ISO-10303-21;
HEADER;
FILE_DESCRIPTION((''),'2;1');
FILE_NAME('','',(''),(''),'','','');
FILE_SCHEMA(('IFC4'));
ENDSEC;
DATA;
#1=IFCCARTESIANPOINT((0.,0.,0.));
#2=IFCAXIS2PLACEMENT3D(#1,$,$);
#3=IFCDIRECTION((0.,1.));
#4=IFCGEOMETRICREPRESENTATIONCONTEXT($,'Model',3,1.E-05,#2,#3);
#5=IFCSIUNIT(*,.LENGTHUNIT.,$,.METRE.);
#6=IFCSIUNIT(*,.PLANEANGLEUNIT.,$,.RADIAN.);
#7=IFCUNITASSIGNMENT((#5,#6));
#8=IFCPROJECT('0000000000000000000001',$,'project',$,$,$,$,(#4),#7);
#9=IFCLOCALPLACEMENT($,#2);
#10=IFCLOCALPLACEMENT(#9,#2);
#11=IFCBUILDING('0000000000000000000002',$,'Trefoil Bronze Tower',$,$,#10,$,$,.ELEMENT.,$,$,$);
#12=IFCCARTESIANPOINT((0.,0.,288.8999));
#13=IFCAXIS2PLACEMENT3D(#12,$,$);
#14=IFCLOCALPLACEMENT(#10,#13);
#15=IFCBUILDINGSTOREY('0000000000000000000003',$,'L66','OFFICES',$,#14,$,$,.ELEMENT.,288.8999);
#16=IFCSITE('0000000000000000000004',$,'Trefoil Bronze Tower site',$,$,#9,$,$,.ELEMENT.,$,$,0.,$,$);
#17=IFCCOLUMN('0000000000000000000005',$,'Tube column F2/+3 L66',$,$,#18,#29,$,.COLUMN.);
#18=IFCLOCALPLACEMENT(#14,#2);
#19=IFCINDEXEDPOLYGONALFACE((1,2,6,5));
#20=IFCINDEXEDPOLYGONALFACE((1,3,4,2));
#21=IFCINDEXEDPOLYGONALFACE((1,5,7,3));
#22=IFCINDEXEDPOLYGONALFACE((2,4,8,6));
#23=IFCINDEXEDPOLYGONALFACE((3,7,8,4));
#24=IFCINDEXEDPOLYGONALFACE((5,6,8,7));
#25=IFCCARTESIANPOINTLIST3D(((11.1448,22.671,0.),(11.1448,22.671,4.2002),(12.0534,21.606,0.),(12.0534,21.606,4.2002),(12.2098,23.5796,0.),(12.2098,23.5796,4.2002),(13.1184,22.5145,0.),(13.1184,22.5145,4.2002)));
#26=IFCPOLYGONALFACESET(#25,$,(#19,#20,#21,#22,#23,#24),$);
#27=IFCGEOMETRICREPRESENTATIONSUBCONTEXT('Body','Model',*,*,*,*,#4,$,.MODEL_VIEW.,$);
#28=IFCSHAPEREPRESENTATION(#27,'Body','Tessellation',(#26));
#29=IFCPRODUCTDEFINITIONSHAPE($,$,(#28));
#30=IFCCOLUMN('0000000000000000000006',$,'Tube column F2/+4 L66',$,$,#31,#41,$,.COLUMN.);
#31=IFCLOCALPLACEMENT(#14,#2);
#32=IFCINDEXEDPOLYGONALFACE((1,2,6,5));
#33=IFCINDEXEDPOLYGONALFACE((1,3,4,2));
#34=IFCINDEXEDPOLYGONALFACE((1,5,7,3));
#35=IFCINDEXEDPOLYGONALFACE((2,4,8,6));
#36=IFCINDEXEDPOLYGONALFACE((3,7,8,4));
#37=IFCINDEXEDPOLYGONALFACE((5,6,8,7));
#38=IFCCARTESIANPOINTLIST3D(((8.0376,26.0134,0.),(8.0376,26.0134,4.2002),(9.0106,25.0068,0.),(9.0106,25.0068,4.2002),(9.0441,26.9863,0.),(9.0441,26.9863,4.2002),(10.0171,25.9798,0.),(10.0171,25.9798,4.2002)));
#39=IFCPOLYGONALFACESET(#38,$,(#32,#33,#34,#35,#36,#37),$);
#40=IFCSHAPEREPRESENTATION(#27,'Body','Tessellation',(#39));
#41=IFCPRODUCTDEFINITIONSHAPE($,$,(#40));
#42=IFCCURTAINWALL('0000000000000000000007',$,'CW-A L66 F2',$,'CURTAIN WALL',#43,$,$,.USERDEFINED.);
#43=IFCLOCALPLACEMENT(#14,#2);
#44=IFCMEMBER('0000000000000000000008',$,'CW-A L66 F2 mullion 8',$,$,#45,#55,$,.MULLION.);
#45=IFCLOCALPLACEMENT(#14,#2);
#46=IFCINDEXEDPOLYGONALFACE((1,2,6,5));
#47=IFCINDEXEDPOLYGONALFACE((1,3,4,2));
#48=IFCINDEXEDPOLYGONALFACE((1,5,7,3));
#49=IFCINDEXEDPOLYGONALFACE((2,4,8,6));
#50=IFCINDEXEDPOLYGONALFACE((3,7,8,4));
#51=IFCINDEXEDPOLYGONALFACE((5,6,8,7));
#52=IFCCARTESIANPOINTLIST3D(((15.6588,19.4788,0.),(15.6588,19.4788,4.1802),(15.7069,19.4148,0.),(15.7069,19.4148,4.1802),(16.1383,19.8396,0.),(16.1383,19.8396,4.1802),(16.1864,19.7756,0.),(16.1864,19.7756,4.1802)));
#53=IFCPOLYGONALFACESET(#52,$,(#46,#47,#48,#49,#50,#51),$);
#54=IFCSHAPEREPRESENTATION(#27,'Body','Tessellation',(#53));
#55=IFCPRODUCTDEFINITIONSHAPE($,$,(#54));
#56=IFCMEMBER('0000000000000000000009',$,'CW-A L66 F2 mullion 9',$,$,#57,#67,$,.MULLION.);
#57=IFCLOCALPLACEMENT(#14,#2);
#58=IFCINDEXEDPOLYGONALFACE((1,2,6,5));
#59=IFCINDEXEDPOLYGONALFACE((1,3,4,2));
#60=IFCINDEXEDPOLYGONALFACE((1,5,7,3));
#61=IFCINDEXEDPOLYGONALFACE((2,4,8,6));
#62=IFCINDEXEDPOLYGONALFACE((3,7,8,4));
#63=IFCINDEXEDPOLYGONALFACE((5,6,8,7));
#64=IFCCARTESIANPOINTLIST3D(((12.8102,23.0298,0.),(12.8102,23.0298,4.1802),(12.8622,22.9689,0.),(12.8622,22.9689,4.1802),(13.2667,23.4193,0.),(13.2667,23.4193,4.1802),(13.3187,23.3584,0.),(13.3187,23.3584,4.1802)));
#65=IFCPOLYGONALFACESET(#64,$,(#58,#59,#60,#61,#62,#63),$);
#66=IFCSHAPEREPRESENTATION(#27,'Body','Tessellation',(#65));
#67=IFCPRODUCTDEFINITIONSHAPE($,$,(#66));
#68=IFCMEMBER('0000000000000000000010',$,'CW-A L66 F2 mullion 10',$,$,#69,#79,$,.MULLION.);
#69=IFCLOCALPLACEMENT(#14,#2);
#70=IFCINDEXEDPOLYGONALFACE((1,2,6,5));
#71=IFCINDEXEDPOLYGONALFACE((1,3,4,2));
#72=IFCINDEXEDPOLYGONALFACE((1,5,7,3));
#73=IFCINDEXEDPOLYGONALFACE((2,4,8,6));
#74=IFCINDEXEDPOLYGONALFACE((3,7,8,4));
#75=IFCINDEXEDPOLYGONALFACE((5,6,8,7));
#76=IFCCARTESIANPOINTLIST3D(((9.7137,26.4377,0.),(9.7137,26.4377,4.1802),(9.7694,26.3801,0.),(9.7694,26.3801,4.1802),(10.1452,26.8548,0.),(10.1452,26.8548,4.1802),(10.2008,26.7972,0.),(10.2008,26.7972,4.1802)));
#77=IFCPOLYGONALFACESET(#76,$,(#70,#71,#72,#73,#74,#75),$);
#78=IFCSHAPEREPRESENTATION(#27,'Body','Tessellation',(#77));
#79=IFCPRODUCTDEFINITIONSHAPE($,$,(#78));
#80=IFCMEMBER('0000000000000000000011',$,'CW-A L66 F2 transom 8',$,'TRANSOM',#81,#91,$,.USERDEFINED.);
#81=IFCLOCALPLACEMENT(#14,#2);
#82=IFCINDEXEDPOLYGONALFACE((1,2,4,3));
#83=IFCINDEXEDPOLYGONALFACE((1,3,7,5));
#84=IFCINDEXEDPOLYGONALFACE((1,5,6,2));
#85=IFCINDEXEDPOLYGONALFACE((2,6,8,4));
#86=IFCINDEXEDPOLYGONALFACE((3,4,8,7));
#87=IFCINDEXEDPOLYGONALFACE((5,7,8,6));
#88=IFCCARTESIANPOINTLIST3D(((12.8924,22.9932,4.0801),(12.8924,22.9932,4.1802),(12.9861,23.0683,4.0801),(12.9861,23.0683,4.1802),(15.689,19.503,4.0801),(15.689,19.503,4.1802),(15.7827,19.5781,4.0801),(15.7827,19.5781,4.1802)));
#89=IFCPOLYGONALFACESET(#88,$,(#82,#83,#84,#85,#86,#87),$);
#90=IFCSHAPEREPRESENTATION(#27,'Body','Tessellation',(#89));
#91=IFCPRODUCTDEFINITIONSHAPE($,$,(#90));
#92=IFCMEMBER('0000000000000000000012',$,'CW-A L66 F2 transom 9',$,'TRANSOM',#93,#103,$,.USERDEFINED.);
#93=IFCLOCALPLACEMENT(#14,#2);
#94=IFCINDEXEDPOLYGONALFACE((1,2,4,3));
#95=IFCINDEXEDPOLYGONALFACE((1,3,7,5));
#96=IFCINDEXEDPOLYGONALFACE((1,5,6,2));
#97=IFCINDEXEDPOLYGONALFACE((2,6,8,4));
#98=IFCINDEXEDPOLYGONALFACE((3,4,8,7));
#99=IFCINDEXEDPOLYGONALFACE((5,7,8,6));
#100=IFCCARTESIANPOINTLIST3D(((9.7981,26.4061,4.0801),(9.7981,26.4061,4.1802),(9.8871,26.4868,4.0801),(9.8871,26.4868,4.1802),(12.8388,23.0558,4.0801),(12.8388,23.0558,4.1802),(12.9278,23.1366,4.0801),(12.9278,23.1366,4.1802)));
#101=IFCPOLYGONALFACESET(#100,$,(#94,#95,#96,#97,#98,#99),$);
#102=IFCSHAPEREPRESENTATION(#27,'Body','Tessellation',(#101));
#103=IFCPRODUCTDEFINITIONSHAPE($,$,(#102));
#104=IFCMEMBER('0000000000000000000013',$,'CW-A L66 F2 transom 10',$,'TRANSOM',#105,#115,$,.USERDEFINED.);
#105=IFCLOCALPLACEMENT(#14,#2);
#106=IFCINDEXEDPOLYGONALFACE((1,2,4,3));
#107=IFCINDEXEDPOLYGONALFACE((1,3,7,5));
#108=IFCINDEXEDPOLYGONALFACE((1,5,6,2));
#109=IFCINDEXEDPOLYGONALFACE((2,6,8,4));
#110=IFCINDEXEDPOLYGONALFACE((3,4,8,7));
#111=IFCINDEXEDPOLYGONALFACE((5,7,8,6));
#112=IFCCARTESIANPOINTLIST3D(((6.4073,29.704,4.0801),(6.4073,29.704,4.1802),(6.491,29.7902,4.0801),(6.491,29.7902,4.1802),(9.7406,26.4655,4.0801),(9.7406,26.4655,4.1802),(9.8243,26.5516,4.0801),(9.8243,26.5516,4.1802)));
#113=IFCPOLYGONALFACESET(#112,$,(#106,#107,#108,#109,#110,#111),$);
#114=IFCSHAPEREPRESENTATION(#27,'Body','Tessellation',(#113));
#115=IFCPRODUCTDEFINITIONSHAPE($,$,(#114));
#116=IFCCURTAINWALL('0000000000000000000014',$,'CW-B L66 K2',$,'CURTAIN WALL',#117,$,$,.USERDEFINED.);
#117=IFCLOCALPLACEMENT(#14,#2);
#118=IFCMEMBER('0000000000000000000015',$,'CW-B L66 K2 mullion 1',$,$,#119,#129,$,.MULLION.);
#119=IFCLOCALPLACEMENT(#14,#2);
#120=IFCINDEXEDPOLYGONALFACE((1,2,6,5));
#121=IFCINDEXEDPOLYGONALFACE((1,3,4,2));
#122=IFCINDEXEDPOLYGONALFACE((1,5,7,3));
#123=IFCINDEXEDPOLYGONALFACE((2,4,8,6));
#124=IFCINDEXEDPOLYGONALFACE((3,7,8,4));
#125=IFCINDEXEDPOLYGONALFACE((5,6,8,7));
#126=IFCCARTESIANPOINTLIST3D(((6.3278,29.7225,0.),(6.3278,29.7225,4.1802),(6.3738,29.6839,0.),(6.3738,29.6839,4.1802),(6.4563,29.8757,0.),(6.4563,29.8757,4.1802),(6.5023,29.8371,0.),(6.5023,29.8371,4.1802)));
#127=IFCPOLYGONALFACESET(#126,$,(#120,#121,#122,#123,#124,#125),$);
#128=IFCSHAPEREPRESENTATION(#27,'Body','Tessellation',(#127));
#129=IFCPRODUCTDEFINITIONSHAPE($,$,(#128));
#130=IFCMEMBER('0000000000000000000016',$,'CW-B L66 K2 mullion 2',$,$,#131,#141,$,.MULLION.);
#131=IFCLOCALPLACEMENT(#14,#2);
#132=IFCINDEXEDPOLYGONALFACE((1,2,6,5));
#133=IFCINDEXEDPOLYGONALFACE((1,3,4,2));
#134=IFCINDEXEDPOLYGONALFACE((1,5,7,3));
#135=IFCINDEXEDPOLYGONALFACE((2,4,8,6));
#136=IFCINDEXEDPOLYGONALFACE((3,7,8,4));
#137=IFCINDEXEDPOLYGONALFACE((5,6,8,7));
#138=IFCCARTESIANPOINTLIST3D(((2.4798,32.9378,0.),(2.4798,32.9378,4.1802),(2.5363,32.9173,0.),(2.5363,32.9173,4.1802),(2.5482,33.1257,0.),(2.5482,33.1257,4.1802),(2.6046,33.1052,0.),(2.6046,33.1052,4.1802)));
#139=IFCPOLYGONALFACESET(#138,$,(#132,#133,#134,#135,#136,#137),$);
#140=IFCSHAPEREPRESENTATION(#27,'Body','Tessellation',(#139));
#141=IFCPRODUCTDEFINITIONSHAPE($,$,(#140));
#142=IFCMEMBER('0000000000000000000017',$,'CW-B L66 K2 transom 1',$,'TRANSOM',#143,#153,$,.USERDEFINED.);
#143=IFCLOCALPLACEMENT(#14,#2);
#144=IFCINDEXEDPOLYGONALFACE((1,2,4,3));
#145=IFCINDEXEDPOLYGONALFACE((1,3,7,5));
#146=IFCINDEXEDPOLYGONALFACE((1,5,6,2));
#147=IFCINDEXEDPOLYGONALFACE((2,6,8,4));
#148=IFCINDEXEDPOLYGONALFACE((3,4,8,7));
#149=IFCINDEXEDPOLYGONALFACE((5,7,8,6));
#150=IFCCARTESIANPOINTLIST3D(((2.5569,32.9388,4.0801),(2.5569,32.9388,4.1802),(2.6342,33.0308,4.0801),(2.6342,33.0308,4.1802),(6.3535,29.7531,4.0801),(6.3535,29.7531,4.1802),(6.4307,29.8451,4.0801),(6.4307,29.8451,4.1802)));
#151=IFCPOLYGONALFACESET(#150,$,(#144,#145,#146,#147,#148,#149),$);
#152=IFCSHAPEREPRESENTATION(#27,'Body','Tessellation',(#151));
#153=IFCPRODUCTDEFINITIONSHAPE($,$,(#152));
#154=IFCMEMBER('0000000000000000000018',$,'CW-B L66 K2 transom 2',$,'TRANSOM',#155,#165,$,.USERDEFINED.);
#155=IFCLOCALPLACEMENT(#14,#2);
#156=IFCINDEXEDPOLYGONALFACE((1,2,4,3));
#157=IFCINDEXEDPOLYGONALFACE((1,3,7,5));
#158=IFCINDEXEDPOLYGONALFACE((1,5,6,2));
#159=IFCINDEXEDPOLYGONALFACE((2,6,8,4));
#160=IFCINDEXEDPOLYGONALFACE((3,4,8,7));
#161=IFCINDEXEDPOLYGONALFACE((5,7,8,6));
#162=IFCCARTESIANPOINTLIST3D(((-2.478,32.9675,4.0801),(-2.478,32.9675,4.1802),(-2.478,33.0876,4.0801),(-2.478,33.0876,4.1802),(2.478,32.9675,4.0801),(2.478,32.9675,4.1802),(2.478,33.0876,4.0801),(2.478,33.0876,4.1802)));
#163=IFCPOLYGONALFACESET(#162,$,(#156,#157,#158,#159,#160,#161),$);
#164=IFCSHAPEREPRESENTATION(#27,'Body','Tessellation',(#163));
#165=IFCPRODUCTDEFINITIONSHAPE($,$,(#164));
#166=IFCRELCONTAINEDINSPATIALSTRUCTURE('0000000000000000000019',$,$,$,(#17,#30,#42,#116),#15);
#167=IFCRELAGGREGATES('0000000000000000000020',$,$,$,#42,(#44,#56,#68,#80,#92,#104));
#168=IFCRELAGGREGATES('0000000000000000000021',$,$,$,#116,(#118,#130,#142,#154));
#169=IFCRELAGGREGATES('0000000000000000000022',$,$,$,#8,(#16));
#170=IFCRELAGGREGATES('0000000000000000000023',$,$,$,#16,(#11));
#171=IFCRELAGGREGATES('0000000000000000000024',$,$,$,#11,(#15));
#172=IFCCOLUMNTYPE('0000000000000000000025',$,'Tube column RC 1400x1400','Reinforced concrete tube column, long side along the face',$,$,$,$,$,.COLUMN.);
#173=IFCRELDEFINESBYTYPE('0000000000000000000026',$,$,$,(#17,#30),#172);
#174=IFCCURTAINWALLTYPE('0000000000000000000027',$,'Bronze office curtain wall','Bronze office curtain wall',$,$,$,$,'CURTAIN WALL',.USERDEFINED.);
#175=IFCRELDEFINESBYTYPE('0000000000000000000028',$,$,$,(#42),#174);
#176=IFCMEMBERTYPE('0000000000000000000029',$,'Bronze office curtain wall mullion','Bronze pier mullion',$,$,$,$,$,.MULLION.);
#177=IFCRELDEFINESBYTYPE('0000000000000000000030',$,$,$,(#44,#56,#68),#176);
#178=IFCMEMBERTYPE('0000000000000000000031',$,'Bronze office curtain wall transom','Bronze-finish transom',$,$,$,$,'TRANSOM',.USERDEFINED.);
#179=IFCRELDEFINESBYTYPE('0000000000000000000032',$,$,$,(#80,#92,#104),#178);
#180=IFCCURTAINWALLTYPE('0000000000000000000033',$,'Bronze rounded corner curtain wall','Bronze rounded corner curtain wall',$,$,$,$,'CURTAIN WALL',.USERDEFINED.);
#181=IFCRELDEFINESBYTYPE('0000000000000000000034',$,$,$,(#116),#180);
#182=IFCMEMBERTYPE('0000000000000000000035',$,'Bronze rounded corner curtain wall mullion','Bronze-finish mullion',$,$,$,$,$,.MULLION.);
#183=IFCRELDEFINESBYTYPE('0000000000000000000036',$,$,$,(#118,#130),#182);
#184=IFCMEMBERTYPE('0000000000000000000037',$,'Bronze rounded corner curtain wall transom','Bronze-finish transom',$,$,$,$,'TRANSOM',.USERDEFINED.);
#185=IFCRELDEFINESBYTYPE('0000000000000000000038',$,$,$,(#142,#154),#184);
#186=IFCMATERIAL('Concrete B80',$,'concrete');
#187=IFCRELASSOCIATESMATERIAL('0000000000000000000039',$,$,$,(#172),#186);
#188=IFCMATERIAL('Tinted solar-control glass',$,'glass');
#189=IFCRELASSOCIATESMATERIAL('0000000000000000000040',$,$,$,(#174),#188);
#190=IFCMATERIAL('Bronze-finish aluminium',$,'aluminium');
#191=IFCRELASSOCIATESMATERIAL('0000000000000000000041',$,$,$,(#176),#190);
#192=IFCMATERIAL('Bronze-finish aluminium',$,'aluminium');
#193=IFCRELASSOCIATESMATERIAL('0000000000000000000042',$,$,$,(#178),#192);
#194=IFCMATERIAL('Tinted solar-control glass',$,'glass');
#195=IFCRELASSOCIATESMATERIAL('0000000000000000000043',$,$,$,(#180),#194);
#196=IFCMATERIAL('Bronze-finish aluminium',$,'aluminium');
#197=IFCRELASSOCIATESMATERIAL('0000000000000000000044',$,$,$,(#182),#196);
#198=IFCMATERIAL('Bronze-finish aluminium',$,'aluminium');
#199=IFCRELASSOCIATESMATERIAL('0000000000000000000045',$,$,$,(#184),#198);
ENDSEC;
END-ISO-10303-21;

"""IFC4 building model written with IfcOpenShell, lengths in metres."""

from ifc_helpers import new_model, si_unit, direction, frame, origin, origin_2d, place, context, subcontext, project, spatial, rectangle, extrude, material, material_profile, profile_set, type_object, element, aggregate, save


model = new_model("IFC4")

# Units and contexts
model_context = context("Model", 3, precision=1e-05, world=origin(), true_north=direction((0.0, 1.0)))
body_context = subcontext(model_context, "Body", "Model", "MODEL_VIEW")
ifc_project = project(units=[si_unit("LENGTHUNIT", "METRE"), si_unit("PLANEANGLEUNIT", "RADIAN")], contexts=[model_context])

# Site, building, storey
site_placement = place(None, origin())
site = spatial("IfcSite", under=ifc_project, at=site_placement, Name="Trefoil Bronze Tower site", CompositionType="ELEMENT", RefElevation=0.0)
building_placement = place(site_placement, origin())
building = spatial("IfcBuilding", under=site, at=building_placement, Name="Trefoil Bronze Tower", CompositionType="ELEMENT")
storey_placement = place(building_placement, frame((0.0, 0.0, 288.8999)))
storey = spatial("IfcBuildingStorey", under=building, at=storey_placement, Name="L66", Description="OFFICES", CompositionType="ELEMENT", Elevation=288.8999)

# Columns
ifc_material_1 = material(Name="Concrete B80", Category="concrete")
ifc_material_profile_1 = material_profile(ifc_material_1, rectangle(XDim=1.3999, YDim=1.3999, at=origin_2d()), Name="RC 1400x1400")
ifc_profile_set_1 = profile_set([ifc_material_profile_1], Name="Concrete B80")
column_type = type_object("IfcColumnType", Name="Tube column RC 1400x1400", Description="Reinforced concrete tube column, long side along the face", PredefinedType="COLUMN", material=ifc_profile_set_1)
for number, where, z_axis, x_axis, name in (
    (1, (12.1316, 22.5928, 0.0), (0.0, 0.0, 1.0), (-0.649008, 0.760781, 0.0), "Tube column F2/+3 L66"),
    (2, (9.0273, 25.9966, 0.0), (0.0, 0.0, 1.0), (-0.695009, 0.719001, 0.0), "Tube column F2/+4 L66"),
):
    element("IfcColumn", number, at=place(storey_placement, frame(where, z_axis=z_axis, x_axis=x_axis)), inside=storey, type_object=column_type, Name=name, PredefinedType="COLUMN", context=body_context, shape_type="SweptSolid", body=[
        extrude(rectangle(XDim=1.3999, YDim=1.3999, at=origin_2d()), origin(), (0.0, 0.0, 1.0), 4.2002),
    ])

# Curtain walls, members
ifc_material_2 = material(Name="Tinted solar-control glass", Category="glass")
curtain_wall_type_1 = type_object("IfcCurtainWallType", Name="Bronze office curtain wall", Description="Bronze office curtain wall", ElementType="CURTAIN WALL", PredefinedType="USERDEFINED", material=ifc_material_2)
curtain_wall_1_placement = place(storey_placement, origin())
curtain_wall_1 = element("IfcCurtainWall", 3, at=curtain_wall_1_placement, inside=storey, type_object=curtain_wall_type_1, Name="CW-A L66 F2", ObjectType="CURTAIN WALL", PredefinedType="USERDEFINED")
ifc_material_3 = material(Name="Bronze-finish aluminium", Category="aluminium")
ifc_material_profile_2 = material_profile(ifc_material_3, rectangle(XDim=0.6001, YDim=0.0801, at=origin_2d()), Name="CW-A mullion")
ifc_profile_set_2 = profile_set([ifc_material_profile_2], Name="Bronze-finish aluminium")
member_type_1 = type_object("IfcMemberType", Name="Bronze office curtain wall mullion", Description="Bronze pier mullion", PredefinedType="MULLION", material=ifc_profile_set_2)
member_1_placement = place(storey_placement, frame((15.9226, 19.6272, 0.0), z_axis=(0.0, 0.0, 1.0), x_axis=(-0.799096, -0.601203, 0.0)))
member_1 = element("IfcMember", 4, at=member_1_placement, type_object=member_type_1, Name="CW-A L66 F2 mullion 8", PredefinedType="MULLION", context=body_context, shape_type="SweptSolid", body=[
    extrude(rectangle(XDim=0.6001, YDim=0.0801, at=origin_2d()), origin(), (0.0, 0.0, 1.0), 4.1802),
])
member_2_placement = place(storey_placement, frame((13.0645, 23.1941, 0.0), z_axis=(0.0, 0.0, 1.0), x_axis=(-0.760781, -0.649008, 0.0)))
member_2 = element("IfcMember", 5, at=member_2_placement, type_object=member_type_1, Name="CW-A L66 F2 mullion 9", PredefinedType="MULLION", context=body_context, shape_type="SweptSolid", body=[
    extrude(rectangle(XDim=0.6001, YDim=0.0801, at=origin_2d()), origin(), (0.0, 0.0, 1.0), 4.1802),
])
member_3_placement = place(storey_placement, frame((9.9573, 26.6174, 0.0), z_axis=(0.0, 0.0, 1.0), x_axis=(-0.719001, -0.695009, 0.0)))
member_3 = element("IfcMember", 6, at=member_3_placement, type_object=member_type_1, Name="CW-A L66 F2 mullion 10", PredefinedType="MULLION", context=body_context, shape_type="SweptSolid", body=[
    extrude(rectangle(XDim=0.6001, YDim=0.0801, at=origin_2d()), origin(), (0.0, 0.0, 1.0), 4.1802),
])
ifc_material_4 = material(Name="Bronze-finish aluminium", Category="aluminium")
ifc_material_profile_3 = material_profile(ifc_material_4, rectangle(XDim=0.1201, YDim=0.1001, at=origin_2d()), Name="CW-A transom")
ifc_profile_set_3 = profile_set([ifc_material_profile_3], Name="Bronze-finish aluminium")
member_type_2 = type_object("IfcMemberType", Name="Bronze office curtain wall transom", Description="Bronze-finish transom", ElementType="TRANSOM", PredefinedType="USERDEFINED", material=ifc_profile_set_3)
member_4_placement = place(storey_placement, frame((15.7358, 19.5405, 4.1301), z_axis=(-0.625301, 0.780384, 0.0), x_axis=(-0.780384, -0.625301, 0.0)))
member_4 = element("IfcMember", 7, at=member_4_placement, type_object=member_type_2, Name="CW-A L66 F2 transom 8", ObjectType="TRANSOM", PredefinedType="USERDEFINED", context=body_context, shape_type="SweptSolid", body=[
    extrude(rectangle(XDim=0.1201, YDim=0.1001, at=origin_2d()), origin(), (0.0, 0.0, 1.0), 4.4724),
])
member_5_placement = place(storey_placement, frame((12.8833, 23.0962, 4.1301), z_axis=(-0.672068, 0.740489, 0.0), x_axis=(-0.740489, -0.672068, 0.0)))
member_5 = element("IfcMember", 8, at=member_5_placement, type_object=member_type_2, Name="CW-A L66 F2 transom 9", ObjectType="TRANSOM", PredefinedType="USERDEFINED", context=body_context, shape_type="SweptSolid", body=[
    extrude(rectangle(XDim=0.1201, YDim=0.1001, at=origin_2d()), origin(), (0.0, 0.0, 1.0), 4.5244),
])
member_6_placement = place(storey_placement, frame((9.7825, 26.5085, 4.1301), z_axis=(-0.717225, 0.696842, 0.0), x_axis=(-0.696842, -0.717225, 0.0)))
member_6 = element("IfcMember", 9, at=member_6_placement, type_object=member_type_2, Name="CW-A L66 F2 transom 10", ObjectType="TRANSOM", PredefinedType="USERDEFINED", context=body_context, shape_type="SweptSolid", body=[
    extrude(rectangle(XDim=0.1201, YDim=0.1001, at=origin_2d()), origin(), (0.0, 0.0, 1.0), 4.6475),
])
ifc_material_5 = material(Name="Tinted solar-control glass", Category="glass")
curtain_wall_type_2 = type_object("IfcCurtainWallType", Name="Bronze rounded corner curtain wall", Description="Bronze rounded corner curtain wall", ElementType="CURTAIN WALL", PredefinedType="USERDEFINED", material=ifc_material_5)
curtain_wall_2_placement = place(storey_placement, origin())
curtain_wall_2 = element("IfcCurtainWall", 10, at=curtain_wall_2_placement, inside=storey, type_object=curtain_wall_type_2, Name="CW-B L66 K2", ObjectType="CURTAIN WALL", PredefinedType="USERDEFINED")
ifc_material_6 = material(Name="Bronze-finish aluminium", Category="aluminium")
ifc_material_profile_4 = material_profile(ifc_material_6, rectangle(XDim=0.2, YDim=0.0601, at=origin_2d()), Name="CW-B mullion")
ifc_profile_set_4 = profile_set([ifc_material_profile_4], Name="Bronze-finish aluminium")
member_type_3 = type_object("IfcMemberType", Name="Bronze rounded corner curtain wall mullion", Description="Bronze-finish mullion", PredefinedType="MULLION", material=ifc_profile_set_4)
member_7_placement = place(storey_placement, frame((6.415, 29.7798, 0.0), z_axis=(0.0, 0.0, 1.0), x_axis=(-0.642788, -0.766044, 0.0)))
member_7 = element("IfcMember", 11, at=member_7_placement, type_object=member_type_3, Name="CW-B L66 K2 mullion 1", PredefinedType="MULLION", context=body_context, shape_type="SweptSolid", body=[
    extrude(rectangle(XDim=0.2, YDim=0.0601, at=origin_2d()), origin(), (0.0, 0.0, 1.0), 4.1802),
])
member_8_placement = place(storey_placement, frame((2.5422, 33.0215, 0.0), z_axis=(0.0, 0.0, 1.0), x_axis=(-0.34202, -0.939693, 0.0)))
member_8 = element("IfcMember", 12, at=member_8_placement, type_object=member_type_3, Name="CW-B L66 K2 mullion 2", PredefinedType="MULLION", context=body_context, shape_type="SweptSolid", body=[
    extrude(rectangle(XDim=0.2, YDim=0.0601, at=origin_2d()), origin(), (0.0, 0.0, 1.0), 4.1802),
])
ifc_material_7 = material(Name="Bronze-finish aluminium", Category="aluminium")
ifc_material_profile_5 = material_profile(ifc_material_7, rectangle(XDim=0.1201, YDim=0.1001, at=origin_2d()), Name="CW-B transom")
ifc_profile_set_5 = profile_set([ifc_material_profile_5], Name="Bronze-finish aluminium")
member_type_4 = type_object("IfcMemberType", Name="Bronze rounded corner curtain wall transom", Description="Bronze-finish transom", ElementType="TRANSOM", PredefinedType="USERDEFINED", material=ifc_profile_set_5)
member_9_placement = place(storey_placement, frame((6.3921, 29.7991, 4.1301), z_axis=(-0.766041, 0.642792, 0.0), x_axis=(-0.642792, -0.766041, 0.0)))
member_9 = element("IfcMember", 13, at=member_9_placement, type_object=member_type_4, Name="CW-B L66 K2 transom 1", ObjectType="TRANSOM", PredefinedType="USERDEFINED", context=body_context, shape_type="SweptSolid", body=[
    extrude(rectangle(XDim=0.1201, YDim=0.1001, at=origin_2d()), origin(), (0.0, 0.0, 1.0), 4.9561),
])
member_10_placement = place(storey_placement, frame((2.478, 33.0276, 4.1301), z_axis=(-1.0, 0.0, 0.0), x_axis=(0.0, -1.0, 0.0)))
member_10 = element("IfcMember", 14, at=member_10_placement, type_object=member_type_4, Name="CW-B L66 K2 transom 2", ObjectType="TRANSOM", PredefinedType="USERDEFINED", context=body_context, shape_type="SweptSolid", body=[
    extrude(rectangle(XDim=0.1201, YDim=0.1001, at=origin_2d()), origin(), (0.0, 0.0, 1.0), 4.9561),
])

aggregate(curtain_wall_1, [member_1, member_2, member_3, member_4, member_5, member_6])
aggregate(curtain_wall_2, [member_7, member_8, member_9, member_10])

save(model, "model.ifc")
